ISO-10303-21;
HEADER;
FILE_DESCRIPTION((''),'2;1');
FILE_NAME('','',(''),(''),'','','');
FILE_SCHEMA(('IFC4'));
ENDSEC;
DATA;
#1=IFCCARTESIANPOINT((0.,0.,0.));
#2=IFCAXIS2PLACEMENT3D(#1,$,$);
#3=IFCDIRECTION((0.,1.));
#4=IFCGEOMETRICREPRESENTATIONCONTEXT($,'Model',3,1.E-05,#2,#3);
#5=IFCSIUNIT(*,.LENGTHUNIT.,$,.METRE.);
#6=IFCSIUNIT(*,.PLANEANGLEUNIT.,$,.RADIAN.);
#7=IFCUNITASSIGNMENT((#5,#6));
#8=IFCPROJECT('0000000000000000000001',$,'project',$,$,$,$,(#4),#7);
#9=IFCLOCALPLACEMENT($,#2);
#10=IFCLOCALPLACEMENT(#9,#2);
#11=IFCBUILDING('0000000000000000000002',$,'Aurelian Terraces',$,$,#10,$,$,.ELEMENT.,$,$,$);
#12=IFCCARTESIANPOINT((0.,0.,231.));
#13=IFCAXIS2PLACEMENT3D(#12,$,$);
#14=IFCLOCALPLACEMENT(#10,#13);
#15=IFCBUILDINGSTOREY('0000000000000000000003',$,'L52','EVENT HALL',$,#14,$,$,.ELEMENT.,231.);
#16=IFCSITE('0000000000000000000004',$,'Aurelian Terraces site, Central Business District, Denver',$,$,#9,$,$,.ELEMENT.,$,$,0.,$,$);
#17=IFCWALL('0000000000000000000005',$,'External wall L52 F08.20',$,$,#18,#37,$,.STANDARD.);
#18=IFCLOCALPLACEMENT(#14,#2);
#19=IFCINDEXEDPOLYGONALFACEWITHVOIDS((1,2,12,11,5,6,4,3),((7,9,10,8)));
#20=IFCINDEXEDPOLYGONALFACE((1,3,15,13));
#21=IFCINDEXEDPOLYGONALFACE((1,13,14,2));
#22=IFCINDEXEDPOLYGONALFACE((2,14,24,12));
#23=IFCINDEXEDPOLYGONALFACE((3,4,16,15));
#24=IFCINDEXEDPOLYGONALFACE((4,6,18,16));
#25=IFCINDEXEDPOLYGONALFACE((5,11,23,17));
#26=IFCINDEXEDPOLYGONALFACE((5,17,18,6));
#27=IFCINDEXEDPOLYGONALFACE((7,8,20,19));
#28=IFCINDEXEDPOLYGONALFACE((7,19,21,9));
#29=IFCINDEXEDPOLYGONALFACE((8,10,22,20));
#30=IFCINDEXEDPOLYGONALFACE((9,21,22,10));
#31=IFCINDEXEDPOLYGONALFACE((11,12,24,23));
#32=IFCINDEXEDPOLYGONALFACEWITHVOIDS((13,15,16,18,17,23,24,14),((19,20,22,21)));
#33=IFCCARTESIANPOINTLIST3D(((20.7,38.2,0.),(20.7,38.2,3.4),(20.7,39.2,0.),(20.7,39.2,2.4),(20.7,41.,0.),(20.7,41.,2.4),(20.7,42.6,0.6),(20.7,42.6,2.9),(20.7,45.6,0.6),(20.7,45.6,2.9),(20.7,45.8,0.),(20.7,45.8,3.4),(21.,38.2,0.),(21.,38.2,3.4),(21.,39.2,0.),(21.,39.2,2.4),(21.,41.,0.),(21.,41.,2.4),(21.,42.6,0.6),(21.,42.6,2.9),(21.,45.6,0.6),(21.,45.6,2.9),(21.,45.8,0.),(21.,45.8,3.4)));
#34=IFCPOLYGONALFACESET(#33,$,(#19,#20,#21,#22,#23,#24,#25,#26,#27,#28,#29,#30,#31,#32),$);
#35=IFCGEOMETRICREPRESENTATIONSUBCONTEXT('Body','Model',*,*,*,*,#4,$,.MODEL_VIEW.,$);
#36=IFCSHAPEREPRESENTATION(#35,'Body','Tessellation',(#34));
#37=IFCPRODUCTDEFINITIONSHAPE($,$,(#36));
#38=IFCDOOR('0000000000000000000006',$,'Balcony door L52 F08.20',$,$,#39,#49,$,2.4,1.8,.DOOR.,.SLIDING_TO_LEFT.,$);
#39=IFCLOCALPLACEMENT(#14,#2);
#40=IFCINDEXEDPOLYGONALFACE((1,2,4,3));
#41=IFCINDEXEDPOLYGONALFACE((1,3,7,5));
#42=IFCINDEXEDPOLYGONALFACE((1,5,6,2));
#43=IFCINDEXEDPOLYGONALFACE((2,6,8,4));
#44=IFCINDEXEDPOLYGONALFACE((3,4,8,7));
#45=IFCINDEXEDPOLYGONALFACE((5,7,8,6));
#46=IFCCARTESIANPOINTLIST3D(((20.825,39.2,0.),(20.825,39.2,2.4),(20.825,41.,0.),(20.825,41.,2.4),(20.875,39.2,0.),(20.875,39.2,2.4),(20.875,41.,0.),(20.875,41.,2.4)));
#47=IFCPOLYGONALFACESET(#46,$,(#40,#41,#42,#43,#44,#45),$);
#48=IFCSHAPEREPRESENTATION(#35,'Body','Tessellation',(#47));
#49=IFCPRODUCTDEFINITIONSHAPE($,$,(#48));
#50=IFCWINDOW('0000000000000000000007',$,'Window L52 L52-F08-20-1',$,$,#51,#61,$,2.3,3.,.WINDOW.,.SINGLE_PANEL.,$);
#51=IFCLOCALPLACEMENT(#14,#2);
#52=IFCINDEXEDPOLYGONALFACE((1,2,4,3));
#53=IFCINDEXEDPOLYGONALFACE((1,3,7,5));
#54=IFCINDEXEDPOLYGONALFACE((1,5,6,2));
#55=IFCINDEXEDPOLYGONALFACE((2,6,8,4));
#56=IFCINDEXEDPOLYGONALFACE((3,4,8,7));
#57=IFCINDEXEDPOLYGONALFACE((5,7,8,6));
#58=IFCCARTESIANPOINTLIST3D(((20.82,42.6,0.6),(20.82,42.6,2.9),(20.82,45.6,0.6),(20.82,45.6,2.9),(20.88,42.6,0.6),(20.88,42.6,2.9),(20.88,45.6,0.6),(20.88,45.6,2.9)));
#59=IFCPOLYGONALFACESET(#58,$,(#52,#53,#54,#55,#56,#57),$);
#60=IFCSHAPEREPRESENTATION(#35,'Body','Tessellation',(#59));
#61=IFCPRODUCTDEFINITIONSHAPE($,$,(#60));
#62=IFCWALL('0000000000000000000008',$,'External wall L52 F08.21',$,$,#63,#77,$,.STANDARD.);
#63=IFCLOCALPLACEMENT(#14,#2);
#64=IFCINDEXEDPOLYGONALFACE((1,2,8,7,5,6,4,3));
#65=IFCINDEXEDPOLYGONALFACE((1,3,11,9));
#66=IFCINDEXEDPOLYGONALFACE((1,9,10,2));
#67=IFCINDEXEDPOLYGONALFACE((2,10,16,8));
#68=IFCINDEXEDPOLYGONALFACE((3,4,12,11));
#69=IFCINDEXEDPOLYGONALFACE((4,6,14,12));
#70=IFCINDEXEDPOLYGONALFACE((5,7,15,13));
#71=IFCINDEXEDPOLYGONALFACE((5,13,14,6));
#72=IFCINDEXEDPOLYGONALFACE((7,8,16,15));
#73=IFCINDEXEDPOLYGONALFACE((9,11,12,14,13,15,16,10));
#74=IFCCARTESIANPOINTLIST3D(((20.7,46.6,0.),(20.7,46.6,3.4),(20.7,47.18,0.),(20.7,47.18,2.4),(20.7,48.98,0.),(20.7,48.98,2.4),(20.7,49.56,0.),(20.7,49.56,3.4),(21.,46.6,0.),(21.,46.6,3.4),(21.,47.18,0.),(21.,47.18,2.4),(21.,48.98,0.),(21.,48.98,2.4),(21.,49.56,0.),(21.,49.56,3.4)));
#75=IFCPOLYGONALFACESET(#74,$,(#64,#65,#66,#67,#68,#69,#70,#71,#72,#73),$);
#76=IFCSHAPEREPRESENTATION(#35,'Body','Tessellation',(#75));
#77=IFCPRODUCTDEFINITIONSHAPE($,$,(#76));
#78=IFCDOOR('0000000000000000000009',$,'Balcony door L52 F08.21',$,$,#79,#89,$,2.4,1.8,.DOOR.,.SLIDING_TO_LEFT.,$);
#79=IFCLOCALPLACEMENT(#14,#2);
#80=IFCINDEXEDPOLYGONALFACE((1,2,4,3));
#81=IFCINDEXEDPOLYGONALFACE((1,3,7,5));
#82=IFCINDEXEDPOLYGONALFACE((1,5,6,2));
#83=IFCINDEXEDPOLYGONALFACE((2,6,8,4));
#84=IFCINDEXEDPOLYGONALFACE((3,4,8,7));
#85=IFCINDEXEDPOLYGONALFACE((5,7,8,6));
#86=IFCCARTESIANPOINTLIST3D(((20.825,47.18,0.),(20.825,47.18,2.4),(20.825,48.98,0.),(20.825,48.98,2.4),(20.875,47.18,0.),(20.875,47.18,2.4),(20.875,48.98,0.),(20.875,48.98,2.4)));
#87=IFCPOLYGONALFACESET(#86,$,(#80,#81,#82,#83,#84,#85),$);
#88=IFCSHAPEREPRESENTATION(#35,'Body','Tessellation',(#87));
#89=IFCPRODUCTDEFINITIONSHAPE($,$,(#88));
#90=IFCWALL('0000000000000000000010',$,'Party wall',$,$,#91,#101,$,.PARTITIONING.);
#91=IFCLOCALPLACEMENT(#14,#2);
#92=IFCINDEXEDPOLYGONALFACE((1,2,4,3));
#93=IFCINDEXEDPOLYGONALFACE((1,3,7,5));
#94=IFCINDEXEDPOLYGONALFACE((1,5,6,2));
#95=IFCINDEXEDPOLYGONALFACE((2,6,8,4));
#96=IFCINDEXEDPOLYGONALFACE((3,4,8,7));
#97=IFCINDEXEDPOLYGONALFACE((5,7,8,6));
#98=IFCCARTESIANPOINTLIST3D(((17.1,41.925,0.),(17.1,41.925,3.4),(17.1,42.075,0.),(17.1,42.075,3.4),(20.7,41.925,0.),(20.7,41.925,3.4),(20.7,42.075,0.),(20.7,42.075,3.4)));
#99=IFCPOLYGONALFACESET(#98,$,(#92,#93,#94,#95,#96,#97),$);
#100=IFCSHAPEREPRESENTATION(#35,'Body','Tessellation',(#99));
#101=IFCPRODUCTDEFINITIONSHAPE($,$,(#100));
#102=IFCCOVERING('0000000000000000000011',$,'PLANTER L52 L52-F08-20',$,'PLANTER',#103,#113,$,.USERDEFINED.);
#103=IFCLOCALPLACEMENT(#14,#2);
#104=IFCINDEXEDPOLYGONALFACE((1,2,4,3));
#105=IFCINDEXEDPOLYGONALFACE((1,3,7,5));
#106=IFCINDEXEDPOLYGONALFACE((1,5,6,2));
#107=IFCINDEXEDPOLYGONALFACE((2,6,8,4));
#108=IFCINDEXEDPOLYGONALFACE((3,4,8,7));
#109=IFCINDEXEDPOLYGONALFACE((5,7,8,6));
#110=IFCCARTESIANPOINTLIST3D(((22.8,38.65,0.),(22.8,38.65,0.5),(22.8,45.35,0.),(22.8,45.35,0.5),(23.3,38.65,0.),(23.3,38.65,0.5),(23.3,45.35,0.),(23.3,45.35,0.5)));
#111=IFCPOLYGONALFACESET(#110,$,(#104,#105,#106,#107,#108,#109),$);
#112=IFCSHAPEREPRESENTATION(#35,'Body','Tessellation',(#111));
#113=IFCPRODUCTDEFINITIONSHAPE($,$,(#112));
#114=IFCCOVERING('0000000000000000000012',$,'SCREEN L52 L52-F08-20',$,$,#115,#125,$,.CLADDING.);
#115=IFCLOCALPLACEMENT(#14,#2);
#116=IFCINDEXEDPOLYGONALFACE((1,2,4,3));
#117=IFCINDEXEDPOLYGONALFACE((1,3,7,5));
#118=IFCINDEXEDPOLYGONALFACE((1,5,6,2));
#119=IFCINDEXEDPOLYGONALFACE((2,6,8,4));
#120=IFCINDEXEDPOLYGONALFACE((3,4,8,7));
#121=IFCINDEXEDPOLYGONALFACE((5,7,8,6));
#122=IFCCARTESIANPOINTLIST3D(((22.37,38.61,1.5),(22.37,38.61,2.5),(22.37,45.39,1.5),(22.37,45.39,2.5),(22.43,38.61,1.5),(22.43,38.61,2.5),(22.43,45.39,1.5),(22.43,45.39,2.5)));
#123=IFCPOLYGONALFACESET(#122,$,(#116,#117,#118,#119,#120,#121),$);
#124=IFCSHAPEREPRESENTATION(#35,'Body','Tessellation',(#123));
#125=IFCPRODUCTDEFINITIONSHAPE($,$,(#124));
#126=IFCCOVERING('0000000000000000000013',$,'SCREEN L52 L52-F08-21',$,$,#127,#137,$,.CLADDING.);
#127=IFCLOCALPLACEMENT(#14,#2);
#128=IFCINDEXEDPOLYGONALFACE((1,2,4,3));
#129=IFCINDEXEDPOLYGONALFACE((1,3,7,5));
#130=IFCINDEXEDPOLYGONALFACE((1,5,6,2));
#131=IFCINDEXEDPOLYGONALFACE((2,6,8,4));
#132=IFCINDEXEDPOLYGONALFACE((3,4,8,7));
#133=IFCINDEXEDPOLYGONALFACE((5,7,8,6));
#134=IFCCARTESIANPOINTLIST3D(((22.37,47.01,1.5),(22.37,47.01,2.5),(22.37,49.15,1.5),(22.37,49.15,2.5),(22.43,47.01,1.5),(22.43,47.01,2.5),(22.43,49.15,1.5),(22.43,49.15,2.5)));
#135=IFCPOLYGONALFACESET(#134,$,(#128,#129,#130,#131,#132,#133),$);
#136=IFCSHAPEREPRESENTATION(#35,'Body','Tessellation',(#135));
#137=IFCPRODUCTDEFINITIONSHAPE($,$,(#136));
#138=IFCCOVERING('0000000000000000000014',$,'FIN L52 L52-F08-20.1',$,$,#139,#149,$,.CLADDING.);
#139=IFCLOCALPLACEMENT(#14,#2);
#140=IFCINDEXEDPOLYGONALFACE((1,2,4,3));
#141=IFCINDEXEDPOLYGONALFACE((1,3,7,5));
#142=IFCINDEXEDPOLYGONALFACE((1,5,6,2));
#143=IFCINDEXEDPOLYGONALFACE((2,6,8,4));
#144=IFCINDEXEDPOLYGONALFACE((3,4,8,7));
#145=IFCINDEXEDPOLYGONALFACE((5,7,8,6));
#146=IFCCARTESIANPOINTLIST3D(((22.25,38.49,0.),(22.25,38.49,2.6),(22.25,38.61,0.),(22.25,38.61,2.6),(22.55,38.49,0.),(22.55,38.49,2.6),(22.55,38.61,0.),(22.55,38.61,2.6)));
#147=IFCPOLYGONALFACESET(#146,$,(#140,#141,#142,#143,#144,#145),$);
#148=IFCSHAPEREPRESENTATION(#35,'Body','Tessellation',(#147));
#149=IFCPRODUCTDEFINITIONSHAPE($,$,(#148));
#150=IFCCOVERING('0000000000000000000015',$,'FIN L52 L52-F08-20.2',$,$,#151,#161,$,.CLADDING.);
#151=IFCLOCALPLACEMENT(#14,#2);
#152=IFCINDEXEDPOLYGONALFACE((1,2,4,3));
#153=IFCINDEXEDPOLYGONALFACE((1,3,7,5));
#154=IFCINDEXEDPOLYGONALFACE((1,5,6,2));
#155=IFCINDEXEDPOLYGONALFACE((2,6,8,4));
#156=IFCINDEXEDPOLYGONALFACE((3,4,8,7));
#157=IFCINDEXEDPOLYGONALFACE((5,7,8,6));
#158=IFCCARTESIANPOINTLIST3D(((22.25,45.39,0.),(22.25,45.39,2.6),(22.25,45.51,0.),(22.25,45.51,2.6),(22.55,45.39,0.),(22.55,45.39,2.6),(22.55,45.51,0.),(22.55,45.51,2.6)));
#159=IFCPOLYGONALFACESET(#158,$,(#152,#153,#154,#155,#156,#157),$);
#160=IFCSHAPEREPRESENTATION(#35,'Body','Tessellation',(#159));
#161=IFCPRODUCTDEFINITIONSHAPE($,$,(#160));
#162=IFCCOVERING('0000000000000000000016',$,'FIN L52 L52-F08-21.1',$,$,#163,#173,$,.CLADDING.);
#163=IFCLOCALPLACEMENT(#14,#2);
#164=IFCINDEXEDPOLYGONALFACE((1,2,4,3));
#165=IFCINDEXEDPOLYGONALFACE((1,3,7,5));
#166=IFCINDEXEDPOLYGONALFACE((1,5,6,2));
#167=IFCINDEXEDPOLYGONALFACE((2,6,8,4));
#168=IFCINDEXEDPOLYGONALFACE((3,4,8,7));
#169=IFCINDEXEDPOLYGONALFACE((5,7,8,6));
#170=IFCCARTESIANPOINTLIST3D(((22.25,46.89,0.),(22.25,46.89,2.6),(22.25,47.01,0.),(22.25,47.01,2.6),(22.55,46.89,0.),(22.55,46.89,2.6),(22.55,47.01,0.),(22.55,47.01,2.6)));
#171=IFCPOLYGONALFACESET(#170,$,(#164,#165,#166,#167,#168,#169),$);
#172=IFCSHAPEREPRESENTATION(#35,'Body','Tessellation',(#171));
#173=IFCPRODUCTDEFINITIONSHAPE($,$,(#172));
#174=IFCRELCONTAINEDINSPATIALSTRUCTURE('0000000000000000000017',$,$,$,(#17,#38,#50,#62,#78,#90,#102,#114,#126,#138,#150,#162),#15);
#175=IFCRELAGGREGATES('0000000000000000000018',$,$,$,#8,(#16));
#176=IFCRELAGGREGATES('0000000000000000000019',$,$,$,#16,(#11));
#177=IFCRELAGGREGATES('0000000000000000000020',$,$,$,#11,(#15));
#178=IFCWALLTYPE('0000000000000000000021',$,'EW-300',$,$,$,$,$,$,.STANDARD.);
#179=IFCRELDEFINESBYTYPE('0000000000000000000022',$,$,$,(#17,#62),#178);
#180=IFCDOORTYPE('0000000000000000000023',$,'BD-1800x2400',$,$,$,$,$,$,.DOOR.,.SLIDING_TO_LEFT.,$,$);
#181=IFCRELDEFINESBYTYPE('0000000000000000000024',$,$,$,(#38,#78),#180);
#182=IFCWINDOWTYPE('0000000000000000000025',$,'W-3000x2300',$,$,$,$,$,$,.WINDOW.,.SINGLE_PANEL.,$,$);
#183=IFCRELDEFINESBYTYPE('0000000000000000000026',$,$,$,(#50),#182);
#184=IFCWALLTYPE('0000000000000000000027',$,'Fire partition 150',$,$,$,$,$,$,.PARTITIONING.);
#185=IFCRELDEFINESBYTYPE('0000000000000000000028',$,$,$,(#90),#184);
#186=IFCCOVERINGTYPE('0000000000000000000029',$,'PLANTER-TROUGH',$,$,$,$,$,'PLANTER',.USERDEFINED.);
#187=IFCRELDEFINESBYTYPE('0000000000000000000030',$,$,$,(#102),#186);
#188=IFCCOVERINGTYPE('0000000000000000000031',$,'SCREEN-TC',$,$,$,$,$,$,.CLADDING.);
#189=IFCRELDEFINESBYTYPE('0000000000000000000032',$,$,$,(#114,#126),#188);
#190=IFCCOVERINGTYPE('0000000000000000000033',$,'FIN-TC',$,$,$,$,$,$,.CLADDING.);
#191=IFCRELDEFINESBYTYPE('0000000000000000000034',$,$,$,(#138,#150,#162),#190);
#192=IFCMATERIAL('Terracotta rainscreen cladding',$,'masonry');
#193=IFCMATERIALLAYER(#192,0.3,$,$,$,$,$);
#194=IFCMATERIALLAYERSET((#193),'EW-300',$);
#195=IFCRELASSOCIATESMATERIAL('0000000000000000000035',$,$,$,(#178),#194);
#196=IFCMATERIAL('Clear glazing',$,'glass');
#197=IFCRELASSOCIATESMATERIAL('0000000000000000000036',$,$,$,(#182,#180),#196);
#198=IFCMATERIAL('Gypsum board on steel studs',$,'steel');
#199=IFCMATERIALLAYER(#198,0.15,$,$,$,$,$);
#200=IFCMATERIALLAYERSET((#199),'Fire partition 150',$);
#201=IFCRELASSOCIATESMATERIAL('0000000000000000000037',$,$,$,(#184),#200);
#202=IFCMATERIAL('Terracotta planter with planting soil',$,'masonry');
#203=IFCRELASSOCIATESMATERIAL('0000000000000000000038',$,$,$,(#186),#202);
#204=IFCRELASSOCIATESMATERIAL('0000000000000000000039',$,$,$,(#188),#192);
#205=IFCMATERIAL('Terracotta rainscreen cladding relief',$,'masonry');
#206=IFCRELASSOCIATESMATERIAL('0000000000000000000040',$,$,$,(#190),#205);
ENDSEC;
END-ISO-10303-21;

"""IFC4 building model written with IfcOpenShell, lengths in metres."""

from ifc_helpers import new_model, si_unit, direction, frame, frame_2d, origin, origin_2d, place, context, subcontext, project, spatial, rectangle, extrude, source, transform, mapped, material, layer, layer_set, type_object, element, fill, save


model = new_model("IFC4")

# Units and contexts
model_context = context("Model", 3, precision=1e-05, world=origin(), true_north=direction((0.0, 1.0)))
body_context = subcontext(model_context, "Body", "Model", "MODEL_VIEW")
ifc_project = project(units=[si_unit("LENGTHUNIT", "METRE"), si_unit("PLANEANGLEUNIT", "RADIAN")], contexts=[model_context])

# Site, building, storey
site_placement = place(None, origin())
site = spatial("IfcSite", under=ifc_project, at=site_placement, Name="Aurelian Terraces site, Central Business District, Denver", CompositionType="ELEMENT", RefElevation=0.0)
building_placement = place(site_placement, origin())
building = spatial("IfcBuilding", under=site, at=building_placement, Name="Aurelian Terraces", CompositionType="ELEMENT")
storey_placement = place(building_placement, frame((0.0, 0.0, 231.0)))
storey = spatial("IfcBuildingStorey", under=building, at=storey_placement, Name="L52", Description="EVENT HALL", CompositionType="ELEMENT", Elevation=231.0)

# Shared definitions
ifc_material_1 = material(Name="Terracotta rainscreen cladding", Category="masonry")
ifc_layer_1 = layer(ifc_material_1, 0.3)
ifc_layer_set_1 = layer_set([ifc_layer_1], Name="EW-300")
wall_type_1 = type_object("IfcWallType", Name="EW-300", PredefinedType="STANDARD", material=ifc_layer_set_1)
shared_shape_1 = source(origin(), body_context, "Body", "SweptSolid", [
    extrude(rectangle(XDim=3.0, YDim=2.3, at=frame_2d((1.5, 1.15))), frame((0.0, 0.16, 0.0), z_axis=(0.0, -1.0, 0.0), x_axis=(1.0, 0.0, 0.0)), (0.0, 0.0, 1.0), 0.32),
])
ifc_material_2 = material(Name="Clear glazing", Category="glass")
window_type_1 = type_object("IfcWindowType", Name="W-3000x2300", PartitioningType="SINGLE_PANEL", PredefinedType="WINDOW", material=ifc_material_2)
shared_shape_2 = source(origin(), body_context, "Body", "SweptSolid", [
    extrude(rectangle(XDim=3.0, YDim=2.3, at=frame_2d((1.5, 1.15))), frame((0.0, 0.03, 0.0), z_axis=(0.0, -1.0, 0.0), x_axis=(1.0, 0.0, 0.0)), (0.0, 0.0, 1.0), 0.06),
])

# Shared definitions
shared_shape_3 = source(origin(), body_context, "Body", "SweptSolid", [
    extrude(rectangle(XDim=7.6, YDim=0.3, at=frame_2d((3.8, 0.0))), origin(), (0.0, 0.0, 1.0), 3.4),
])

# Wall, openings, door, window
wall_1_placement = place(storey_placement, frame((20.85, 38.2, 0.0), z_axis=(0.0, 0.0, 1.0), x_axis=(0.0, 1.0, 0.0)))
wall_1 = element("IfcWall", 1, at=wall_1_placement, inside=storey, type_object=wall_type_1, Name="External wall L52 F08.20", PredefinedType="STANDARD", context=body_context, shape_type="MappedRepresentation", body=[
    mapped(shared_shape_3, transform((0.0, 0.0, 0.0), scale=1.0)),
])
shared_shape_4 = source(origin(), body_context, "Body", "SweptSolid", [
    extrude(rectangle(XDim=1.8, YDim=2.4, at=frame_2d((0.9, 1.2))), frame((0.0, 0.16, 0.0), z_axis=(0.0, -1.0, 0.0), x_axis=(1.0, 0.0, 0.0)), (0.0, 0.0, 1.0), 0.32),
])
opening_1_placement = place(wall_1_placement, frame((1.0, 0.0, 0.0)))
opening_1 = element("IfcOpeningElement", 2, at=opening_1_placement, cuts=wall_1, PredefinedType="OPENING", context=body_context, shape_type="MappedRepresentation", body=[
    mapped(shared_shape_4, transform((0.0, 0.0, 0.0), scale=1.0)),
])
opening_2_placement = place(wall_1_placement, frame((4.4, 0.0, 0.6)))
opening_2 = element("IfcOpeningElement", 3, at=opening_2_placement, cuts=wall_1, PredefinedType="OPENING", context=body_context, shape_type="MappedRepresentation", body=[
    mapped(shared_shape_1, transform((0.0, 0.0, 0.0), scale=1.0)),
])
door_type = type_object("IfcDoorType", Name="BD-1800x2400", OperationType="SLIDING_TO_LEFT", PredefinedType="DOOR", material=ifc_material_2)
shared_shape_5 = source(origin(), body_context, "Body", "SweptSolid", [
    extrude(rectangle(XDim=1.8, YDim=2.4, at=frame_2d((0.9, 1.2))), frame((0.0, 0.025, 0.0), z_axis=(0.0, -1.0, 0.0), x_axis=(1.0, 0.0, 0.0)), (0.0, 0.0, 1.0), 0.05),
])
door_1_placement = place(opening_1_placement, origin())
door_1 = element("IfcDoor", 4, at=door_1_placement, inside=storey, type_object=door_type, Name="Balcony door L52 F08.20", OperationType="SLIDING_TO_LEFT", OverallHeight=2.4, OverallWidth=1.8, PredefinedType="DOOR", context=body_context, shape_type="MappedRepresentation", body=[
    mapped(shared_shape_5, transform((0.0, 0.0, 0.0), scale=1.0)),
])
fill(opening_1, door_1)
window_1_placement = place(opening_2_placement, origin())
window_1 = element("IfcWindow", 5, at=window_1_placement, inside=storey, type_object=window_type_1, Name="Window L52 L52-F08-20-1", OverallHeight=2.3, OverallWidth=3.0, PartitioningType="SINGLE_PANEL", PredefinedType="WINDOW", context=body_context, shape_type="MappedRepresentation", body=[
    mapped(shared_shape_2, transform((0.0, 0.0, 0.0), scale=1.0)),
])
fill(opening_2, window_1)

# Wall, opening, door
shared_shape_6 = source(origin(), body_context, "Body", "SweptSolid", [
    extrude(rectangle(XDim=2.96, YDim=0.3, at=frame_2d((1.48, 0.0))), origin(), (0.0, 0.0, 1.0), 3.4),
])
wall_2_placement = place(storey_placement, frame((20.85, 46.6, 0.0), z_axis=(0.0, 0.0, 1.0), x_axis=(0.0, 1.0, 0.0)))
wall_2 = element("IfcWall", 6, at=wall_2_placement, inside=storey, type_object=wall_type_1, Name="External wall L52 F08.21", PredefinedType="STANDARD", context=body_context, shape_type="MappedRepresentation", body=[
    mapped(shared_shape_6, transform((0.0, 0.0, 0.0), scale=1.0)),
])
opening_3_placement = place(wall_2_placement, frame((0.58, 0.0, 0.0)))
opening_3 = element("IfcOpeningElement", 7, at=opening_3_placement, cuts=wall_2, PredefinedType="OPENING", context=body_context, shape_type="MappedRepresentation", body=[
    mapped(shared_shape_4, transform((0.0, 0.0, 0.0), scale=1.0)),
])
door_2_placement = place(opening_3_placement, origin())
door_2 = element("IfcDoor", 8, at=door_2_placement, inside=storey, type_object=door_type, Name="Balcony door L52 F08.21", OperationType="SLIDING_TO_LEFT", OverallHeight=2.4, OverallWidth=1.8, PredefinedType="DOOR", context=body_context, shape_type="MappedRepresentation", body=[
    mapped(shared_shape_5, transform((0.0, 0.0, 0.0), scale=1.0)),
])
fill(opening_3, door_2)

# Wall
ifc_material_3 = material(Name="Gypsum board on steel studs", Category="steel")
ifc_layer_2 = layer(ifc_material_3, 0.15)
ifc_layer_set_2 = layer_set([ifc_layer_2], Name="Fire partition 150")
wall_type_2 = type_object("IfcWallType", Name="Fire partition 150", PredefinedType="PARTITIONING", material=ifc_layer_set_2)
shared_shape_7 = source(origin(), body_context, "Body", "SweptSolid", [
    extrude(rectangle(XDim=3.6, YDim=0.15, at=frame_2d((1.8, 0.0))), origin(), (0.0, 0.0, 1.0), 3.4),
])
wall_3_placement = place(storey_placement, frame((20.7, 42.0, 0.0), z_axis=(0.0, 0.0, 1.0), x_axis=(-1.0, 0.0, 0.0)))
element("IfcWall", 9, at=wall_3_placement, inside=storey, type_object=wall_type_2, Name="Party wall", PredefinedType="PARTITIONING", context=body_context, shape_type="MappedRepresentation", body=[
    mapped(shared_shape_7, transform((0.0, 0.0, 0.0), scale=1.0)),
])

# Coverings
ifc_material_4 = material(Name="Terracotta planter with planting soil", Category="masonry")
covering_type_1 = type_object("IfcCoveringType", Name="PLANTER-TROUGH", ElementType="PLANTER", PredefinedType="USERDEFINED", material=ifc_material_4)
covering_1_placement = place(storey_placement, frame((23.05, 42.0, 0.0), z_axis=(0.0, 0.0, 1.0), x_axis=(1.0, 0.0, 0.0)))
element("IfcCovering", 10, at=covering_1_placement, inside=storey, type_object=covering_type_1, Name="PLANTER L52 L52-F08-20", ObjectType="PLANTER", PredefinedType="USERDEFINED", context=body_context, shape_type="SweptSolid", body=[
    extrude(rectangle(XDim=0.5, YDim=6.7, at=origin_2d()), origin(), (0.0, 0.0, 1.0), 0.5),
])
covering_type_2 = type_object("IfcCoveringType", Name="SCREEN-TC", PredefinedType="CLADDING", material=ifc_material_1)
covering_2_placement = place(storey_placement, frame((22.4, 42.0, 1.5), z_axis=(0.0, 0.0, 1.0), x_axis=(1.0, 0.0, 0.0)))
element("IfcCovering", 11, at=covering_2_placement, inside=storey, type_object=covering_type_2, Name="SCREEN L52 L52-F08-20", PredefinedType="CLADDING", context=body_context, shape_type="SweptSolid", body=[
    extrude(rectangle(XDim=0.06, YDim=6.78, at=origin_2d()), origin(), (0.0, 0.0, 1.0), 1.0),
])
covering_3_placement = place(storey_placement, frame((22.4, 48.08, 1.5), z_axis=(0.0, 0.0, 1.0), x_axis=(1.0, 0.0, 0.0)))
element("IfcCovering", 12, at=covering_3_placement, inside=storey, type_object=covering_type_2, Name="SCREEN L52 L52-F08-21", PredefinedType="CLADDING", context=body_context, shape_type="SweptSolid", body=[
    extrude(rectangle(XDim=0.06, YDim=2.14, at=origin_2d()), origin(), (0.0, 0.0, 1.0), 1.0),
])
ifc_material_5 = material(Name="Terracotta rainscreen cladding relief", Category="masonry")
covering_type_3 = type_object("IfcCoveringType", Name="FIN-TC", PredefinedType="CLADDING", material=ifc_material_5)
shared_shape_8 = source(origin(), body_context, "Body", "SweptSolid", [
    extrude(rectangle(XDim=0.3, YDim=0.12, at=origin_2d()), origin(), (0.0, 0.0, 1.0), 2.6),
])
for number, where, z_axis, x_axis, name in (
    (13, (22.4, 38.55, 0.0), (0.0, 0.0, 1.0), (1.0, 0.0, 0.0), "FIN L52 L52-F08-20.1"),
    (14, (22.4, 45.45, 0.0), (0.0, 0.0, 1.0), (1.0, 0.0, 0.0), "FIN L52 L52-F08-20.2"),
    (15, (22.4, 46.95, 0.0), (0.0, 0.0, 1.0), (1.0, 0.0, 0.0), "FIN L52 L52-F08-21.1"),
):
    element("IfcCovering", number, at=place(storey_placement, frame(where, z_axis=z_axis, x_axis=x_axis)), inside=storey, type_object=covering_type_3, Name=name, PredefinedType="CLADDING", context=body_context, shape_type="MappedRepresentation", body=[
        mapped(shared_shape_8, transform((0.0, 0.0, 0.0), scale=1.0)),
    ])

save(model, "model.ifc")
